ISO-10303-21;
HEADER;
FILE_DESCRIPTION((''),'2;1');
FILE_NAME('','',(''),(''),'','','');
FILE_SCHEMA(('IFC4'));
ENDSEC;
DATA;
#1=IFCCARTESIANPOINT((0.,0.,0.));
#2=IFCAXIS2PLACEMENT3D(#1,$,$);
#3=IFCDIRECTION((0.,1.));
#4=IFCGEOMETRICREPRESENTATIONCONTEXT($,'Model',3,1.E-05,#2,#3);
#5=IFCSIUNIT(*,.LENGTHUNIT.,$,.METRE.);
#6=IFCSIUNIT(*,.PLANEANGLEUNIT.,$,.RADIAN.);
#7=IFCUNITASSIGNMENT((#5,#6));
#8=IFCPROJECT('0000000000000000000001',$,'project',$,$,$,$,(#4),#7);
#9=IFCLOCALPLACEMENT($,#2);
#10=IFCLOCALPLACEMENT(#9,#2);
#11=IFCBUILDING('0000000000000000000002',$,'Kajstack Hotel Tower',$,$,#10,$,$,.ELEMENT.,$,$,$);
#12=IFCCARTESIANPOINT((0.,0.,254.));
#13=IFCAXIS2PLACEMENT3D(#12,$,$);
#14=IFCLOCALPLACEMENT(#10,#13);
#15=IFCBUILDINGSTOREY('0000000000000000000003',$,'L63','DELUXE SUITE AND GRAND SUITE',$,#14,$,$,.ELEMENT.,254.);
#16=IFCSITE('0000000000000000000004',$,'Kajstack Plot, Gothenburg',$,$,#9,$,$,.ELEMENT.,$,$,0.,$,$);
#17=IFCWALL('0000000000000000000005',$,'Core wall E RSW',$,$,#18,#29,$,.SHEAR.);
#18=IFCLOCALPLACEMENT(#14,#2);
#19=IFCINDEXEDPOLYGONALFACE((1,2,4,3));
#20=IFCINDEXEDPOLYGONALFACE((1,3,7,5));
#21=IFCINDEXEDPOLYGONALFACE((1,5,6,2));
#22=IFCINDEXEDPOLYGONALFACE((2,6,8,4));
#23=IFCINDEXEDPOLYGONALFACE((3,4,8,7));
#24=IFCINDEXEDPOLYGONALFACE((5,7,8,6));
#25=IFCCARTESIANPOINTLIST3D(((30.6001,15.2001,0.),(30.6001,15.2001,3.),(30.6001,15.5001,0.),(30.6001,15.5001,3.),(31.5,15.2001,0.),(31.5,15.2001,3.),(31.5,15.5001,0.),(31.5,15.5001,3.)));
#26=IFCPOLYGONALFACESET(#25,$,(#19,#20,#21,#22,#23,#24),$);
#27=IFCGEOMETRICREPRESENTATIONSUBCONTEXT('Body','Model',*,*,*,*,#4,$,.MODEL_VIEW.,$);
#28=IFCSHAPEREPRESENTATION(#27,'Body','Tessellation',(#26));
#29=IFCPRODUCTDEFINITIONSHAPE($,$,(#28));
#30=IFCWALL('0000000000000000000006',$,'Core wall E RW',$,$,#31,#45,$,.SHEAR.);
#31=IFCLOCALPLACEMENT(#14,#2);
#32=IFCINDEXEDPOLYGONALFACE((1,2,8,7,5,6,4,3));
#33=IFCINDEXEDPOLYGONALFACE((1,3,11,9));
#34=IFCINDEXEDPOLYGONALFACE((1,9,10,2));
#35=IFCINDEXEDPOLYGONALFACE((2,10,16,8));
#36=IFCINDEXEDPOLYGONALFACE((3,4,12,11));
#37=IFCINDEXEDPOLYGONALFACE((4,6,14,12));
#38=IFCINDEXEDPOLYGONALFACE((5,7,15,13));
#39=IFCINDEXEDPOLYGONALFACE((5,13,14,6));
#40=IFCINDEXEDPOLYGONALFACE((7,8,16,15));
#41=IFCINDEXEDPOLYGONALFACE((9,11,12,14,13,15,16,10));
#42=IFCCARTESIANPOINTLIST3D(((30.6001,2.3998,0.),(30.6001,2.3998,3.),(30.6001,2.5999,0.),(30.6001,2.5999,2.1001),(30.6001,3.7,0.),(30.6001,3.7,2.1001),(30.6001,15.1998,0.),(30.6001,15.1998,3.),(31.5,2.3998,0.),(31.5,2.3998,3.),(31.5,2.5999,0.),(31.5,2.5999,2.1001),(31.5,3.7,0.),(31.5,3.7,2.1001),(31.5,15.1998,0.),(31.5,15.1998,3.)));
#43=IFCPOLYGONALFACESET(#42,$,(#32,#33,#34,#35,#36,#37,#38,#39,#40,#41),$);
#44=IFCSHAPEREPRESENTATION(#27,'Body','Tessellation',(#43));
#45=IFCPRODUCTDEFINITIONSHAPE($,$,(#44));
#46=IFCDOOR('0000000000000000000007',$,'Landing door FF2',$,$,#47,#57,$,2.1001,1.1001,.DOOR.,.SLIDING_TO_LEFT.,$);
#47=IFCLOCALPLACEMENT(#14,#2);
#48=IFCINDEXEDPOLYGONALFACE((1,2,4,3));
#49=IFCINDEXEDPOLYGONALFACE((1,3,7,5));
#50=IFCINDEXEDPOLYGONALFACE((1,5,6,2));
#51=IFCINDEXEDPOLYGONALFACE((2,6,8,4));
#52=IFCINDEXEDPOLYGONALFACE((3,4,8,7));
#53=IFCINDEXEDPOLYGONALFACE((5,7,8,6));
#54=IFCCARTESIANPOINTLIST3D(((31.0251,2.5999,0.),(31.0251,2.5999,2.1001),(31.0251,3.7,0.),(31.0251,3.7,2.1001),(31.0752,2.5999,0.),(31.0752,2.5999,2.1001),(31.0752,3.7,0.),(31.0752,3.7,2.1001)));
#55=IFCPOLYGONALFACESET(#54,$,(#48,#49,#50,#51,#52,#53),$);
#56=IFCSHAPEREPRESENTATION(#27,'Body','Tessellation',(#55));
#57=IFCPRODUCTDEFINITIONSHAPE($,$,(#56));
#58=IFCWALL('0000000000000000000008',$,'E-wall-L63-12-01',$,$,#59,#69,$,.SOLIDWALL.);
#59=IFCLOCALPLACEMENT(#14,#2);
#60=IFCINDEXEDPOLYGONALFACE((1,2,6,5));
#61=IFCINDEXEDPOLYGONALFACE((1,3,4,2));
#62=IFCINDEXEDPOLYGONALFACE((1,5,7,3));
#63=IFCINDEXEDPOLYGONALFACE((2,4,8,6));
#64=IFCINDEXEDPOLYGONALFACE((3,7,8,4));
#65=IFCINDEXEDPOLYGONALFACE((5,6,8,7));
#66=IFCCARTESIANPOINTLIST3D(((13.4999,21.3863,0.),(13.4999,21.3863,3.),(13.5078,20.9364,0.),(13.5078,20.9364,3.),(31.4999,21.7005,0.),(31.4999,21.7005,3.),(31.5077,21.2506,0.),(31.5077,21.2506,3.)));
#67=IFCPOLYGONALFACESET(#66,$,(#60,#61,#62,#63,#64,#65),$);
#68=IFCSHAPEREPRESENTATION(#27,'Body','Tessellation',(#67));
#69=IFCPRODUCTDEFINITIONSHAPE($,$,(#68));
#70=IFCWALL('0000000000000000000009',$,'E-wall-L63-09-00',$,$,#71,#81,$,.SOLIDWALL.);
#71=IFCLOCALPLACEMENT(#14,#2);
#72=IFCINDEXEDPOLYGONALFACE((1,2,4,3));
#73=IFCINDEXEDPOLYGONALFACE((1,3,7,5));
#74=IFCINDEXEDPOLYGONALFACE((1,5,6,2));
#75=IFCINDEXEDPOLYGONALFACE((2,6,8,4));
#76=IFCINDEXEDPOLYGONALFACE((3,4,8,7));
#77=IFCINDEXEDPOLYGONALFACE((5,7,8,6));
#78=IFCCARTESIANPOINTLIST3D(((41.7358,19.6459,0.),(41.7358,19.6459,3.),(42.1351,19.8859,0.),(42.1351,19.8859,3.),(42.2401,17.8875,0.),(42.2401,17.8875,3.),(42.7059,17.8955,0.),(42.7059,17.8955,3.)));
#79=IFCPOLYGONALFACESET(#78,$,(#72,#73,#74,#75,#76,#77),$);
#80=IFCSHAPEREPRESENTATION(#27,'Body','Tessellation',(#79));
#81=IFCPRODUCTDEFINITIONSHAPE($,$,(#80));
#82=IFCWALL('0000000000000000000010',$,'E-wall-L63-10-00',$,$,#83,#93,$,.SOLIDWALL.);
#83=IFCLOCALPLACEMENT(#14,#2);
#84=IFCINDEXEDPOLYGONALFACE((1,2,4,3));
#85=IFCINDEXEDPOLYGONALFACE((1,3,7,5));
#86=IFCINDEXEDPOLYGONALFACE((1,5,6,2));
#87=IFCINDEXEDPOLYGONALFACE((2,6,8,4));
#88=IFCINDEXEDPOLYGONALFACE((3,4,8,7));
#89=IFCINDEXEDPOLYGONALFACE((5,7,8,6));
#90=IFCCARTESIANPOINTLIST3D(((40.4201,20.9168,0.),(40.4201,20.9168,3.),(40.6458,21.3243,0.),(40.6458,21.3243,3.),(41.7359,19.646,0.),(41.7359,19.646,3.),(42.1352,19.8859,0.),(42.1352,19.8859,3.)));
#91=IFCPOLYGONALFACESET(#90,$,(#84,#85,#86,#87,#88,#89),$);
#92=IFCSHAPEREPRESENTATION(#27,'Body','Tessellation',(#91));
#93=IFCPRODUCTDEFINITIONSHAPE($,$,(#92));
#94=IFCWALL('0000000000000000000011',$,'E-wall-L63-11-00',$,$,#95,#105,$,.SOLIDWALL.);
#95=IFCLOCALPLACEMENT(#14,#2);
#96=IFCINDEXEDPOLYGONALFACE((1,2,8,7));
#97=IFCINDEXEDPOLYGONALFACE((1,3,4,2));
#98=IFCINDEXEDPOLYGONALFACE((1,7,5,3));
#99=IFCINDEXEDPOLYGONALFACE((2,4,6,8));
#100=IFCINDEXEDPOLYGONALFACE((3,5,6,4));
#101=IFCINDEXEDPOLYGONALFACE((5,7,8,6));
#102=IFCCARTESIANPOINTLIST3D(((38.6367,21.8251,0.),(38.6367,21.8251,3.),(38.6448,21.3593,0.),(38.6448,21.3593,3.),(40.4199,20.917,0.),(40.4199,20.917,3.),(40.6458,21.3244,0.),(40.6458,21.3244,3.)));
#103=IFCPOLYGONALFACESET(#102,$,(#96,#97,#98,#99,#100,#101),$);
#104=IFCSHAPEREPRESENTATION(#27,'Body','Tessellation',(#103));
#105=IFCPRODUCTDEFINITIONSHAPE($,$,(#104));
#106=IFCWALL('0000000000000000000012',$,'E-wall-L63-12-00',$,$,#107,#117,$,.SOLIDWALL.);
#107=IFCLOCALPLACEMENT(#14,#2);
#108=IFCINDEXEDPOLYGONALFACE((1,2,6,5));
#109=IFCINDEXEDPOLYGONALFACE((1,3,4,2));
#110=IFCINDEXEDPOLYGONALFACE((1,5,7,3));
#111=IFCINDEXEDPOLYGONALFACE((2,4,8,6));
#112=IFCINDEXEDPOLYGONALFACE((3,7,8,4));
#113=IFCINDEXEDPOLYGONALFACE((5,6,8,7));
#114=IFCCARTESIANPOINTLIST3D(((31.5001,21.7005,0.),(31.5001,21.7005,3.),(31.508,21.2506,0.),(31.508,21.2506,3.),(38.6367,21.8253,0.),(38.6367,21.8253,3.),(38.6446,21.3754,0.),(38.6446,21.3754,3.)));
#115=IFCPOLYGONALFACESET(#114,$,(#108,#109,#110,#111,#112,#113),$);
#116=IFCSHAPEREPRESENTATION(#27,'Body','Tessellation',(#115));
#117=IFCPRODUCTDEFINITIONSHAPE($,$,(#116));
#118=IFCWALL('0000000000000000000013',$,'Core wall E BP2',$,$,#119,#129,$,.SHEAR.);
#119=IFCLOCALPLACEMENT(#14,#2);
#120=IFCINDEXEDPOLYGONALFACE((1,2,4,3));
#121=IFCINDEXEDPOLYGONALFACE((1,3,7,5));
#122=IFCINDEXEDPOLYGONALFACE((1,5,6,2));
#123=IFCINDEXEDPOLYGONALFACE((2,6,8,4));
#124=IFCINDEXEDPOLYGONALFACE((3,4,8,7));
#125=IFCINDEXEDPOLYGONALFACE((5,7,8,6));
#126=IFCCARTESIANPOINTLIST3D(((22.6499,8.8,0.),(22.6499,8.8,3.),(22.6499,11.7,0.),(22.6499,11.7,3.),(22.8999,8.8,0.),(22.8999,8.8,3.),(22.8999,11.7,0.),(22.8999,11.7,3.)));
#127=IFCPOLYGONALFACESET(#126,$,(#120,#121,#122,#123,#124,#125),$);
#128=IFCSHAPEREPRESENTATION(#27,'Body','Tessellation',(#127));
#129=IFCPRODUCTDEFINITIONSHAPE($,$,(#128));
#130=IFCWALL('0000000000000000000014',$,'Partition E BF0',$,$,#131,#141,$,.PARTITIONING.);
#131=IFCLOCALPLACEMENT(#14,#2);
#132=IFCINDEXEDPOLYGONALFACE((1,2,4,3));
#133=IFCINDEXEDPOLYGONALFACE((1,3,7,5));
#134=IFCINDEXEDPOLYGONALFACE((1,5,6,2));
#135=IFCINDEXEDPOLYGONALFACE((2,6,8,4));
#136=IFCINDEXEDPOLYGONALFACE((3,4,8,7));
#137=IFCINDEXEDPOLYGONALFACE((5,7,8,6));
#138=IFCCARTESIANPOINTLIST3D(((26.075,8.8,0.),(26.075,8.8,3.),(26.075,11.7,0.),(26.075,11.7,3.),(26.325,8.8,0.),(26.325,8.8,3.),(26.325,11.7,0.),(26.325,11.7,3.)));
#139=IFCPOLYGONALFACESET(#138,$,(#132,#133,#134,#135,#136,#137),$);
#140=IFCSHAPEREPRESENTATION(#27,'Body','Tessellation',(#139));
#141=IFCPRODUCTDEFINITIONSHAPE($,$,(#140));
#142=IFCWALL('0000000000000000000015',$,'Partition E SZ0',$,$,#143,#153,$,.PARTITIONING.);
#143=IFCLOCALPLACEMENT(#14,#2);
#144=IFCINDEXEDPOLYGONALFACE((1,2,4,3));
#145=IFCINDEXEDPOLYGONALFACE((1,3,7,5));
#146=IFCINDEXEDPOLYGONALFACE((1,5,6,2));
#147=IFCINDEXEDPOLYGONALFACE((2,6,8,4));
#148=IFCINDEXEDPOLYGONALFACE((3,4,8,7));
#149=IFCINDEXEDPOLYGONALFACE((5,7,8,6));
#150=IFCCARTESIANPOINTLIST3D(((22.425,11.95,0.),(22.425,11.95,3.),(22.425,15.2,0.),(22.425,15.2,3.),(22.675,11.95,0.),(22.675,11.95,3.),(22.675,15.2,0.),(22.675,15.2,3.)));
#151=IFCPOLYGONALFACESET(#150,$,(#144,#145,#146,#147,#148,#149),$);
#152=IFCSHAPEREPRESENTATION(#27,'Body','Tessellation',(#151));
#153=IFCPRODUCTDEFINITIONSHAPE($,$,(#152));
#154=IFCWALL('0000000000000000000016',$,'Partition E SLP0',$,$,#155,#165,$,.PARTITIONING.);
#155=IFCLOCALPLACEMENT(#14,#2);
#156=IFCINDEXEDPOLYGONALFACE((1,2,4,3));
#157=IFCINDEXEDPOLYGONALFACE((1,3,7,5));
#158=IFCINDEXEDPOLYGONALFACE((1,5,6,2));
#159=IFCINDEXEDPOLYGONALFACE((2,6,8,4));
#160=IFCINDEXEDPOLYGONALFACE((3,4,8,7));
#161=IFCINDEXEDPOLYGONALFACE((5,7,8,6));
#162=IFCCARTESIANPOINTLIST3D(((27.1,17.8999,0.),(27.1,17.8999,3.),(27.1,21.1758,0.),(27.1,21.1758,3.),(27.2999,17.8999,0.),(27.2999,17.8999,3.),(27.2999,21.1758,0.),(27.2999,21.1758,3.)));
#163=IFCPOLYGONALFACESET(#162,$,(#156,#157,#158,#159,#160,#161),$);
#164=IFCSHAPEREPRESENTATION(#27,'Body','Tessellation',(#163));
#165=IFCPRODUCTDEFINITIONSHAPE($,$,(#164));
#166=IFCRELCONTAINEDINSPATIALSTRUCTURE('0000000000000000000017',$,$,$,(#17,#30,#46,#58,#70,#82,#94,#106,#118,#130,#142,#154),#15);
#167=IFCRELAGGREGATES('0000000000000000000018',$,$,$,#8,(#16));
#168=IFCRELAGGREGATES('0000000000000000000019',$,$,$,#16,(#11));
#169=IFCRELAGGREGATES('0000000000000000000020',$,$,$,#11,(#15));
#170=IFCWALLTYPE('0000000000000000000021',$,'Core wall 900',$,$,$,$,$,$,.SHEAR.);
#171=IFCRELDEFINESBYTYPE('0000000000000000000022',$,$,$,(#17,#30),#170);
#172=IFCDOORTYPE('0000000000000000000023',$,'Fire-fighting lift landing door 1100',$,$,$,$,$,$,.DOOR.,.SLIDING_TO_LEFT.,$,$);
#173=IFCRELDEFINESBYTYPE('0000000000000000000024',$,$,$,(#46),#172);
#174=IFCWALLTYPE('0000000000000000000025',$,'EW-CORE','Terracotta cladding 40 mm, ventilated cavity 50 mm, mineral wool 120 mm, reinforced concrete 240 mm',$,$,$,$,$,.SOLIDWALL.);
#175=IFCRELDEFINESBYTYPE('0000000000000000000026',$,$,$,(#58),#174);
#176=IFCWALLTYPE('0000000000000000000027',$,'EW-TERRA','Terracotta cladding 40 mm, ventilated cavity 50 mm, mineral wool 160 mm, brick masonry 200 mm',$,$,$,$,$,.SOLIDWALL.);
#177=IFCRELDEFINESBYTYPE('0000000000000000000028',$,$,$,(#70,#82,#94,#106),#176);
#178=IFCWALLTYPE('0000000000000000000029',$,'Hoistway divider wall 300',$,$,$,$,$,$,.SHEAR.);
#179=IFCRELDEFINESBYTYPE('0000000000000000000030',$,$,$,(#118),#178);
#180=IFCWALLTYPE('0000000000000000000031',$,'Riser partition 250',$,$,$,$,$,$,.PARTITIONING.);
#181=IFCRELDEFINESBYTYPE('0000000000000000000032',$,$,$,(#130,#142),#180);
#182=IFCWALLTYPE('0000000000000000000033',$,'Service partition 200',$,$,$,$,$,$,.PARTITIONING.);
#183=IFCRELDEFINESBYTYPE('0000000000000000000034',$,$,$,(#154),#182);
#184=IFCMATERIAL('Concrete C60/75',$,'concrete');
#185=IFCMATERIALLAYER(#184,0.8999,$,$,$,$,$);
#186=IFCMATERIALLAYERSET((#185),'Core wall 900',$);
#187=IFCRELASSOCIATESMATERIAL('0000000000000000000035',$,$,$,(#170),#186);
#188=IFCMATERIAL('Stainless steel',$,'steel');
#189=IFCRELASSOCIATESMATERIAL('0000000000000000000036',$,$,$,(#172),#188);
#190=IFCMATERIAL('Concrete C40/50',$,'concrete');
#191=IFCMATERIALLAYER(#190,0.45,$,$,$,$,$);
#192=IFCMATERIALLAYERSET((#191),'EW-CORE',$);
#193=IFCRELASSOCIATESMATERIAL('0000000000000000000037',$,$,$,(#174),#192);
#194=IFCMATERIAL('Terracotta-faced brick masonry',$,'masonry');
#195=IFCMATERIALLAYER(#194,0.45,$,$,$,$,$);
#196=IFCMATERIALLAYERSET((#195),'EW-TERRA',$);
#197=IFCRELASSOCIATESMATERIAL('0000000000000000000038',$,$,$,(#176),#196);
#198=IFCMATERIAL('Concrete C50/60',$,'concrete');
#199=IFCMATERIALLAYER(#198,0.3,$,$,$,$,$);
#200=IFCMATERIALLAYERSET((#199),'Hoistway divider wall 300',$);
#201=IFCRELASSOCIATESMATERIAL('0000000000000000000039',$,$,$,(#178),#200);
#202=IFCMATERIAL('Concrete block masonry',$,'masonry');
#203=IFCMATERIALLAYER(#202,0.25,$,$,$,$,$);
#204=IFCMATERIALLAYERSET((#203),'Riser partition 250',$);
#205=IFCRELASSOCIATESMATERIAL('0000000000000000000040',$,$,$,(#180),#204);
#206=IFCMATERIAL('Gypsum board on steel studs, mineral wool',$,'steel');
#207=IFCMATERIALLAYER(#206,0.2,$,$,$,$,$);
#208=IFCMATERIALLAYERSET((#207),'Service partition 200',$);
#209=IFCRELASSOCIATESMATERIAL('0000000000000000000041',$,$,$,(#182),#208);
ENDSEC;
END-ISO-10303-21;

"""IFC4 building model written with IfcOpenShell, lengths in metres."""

from ifc_helpers import new_model, si_unit, direction, frame, frame_2d, origin, place, context, subcontext, project, spatial, polyline, rectangle, outline, extrude, material, layer, layer_set, type_object, element, fill, save


model = new_model("IFC4")

# Units and contexts
model_context = context("Model", 3, precision=1e-05, world=origin(), true_north=direction((0.0, 1.0)))
body_context = subcontext(model_context, "Body", "Model", "MODEL_VIEW")
ifc_project = project(units=[si_unit("LENGTHUNIT", "METRE"), si_unit("PLANEANGLEUNIT", "RADIAN")], contexts=[model_context])

# Site, building, storey
site_placement = place(None, origin())
site = spatial("IfcSite", under=ifc_project, at=site_placement, Name="Kajstack Plot, Gothenburg", CompositionType="ELEMENT", RefElevation=0.0)
building_placement = place(site_placement, origin())
building = spatial("IfcBuilding", under=site, at=building_placement, Name="Kajstack Hotel Tower", CompositionType="ELEMENT")
storey_placement = place(building_placement, frame((0.0, 0.0, 254.0)))
storey = spatial("IfcBuildingStorey", under=building, at=storey_placement, Name="L63", Description="DELUXE SUITE AND GRAND SUITE", CompositionType="ELEMENT", Elevation=254.0)

# Wall
ifc_material_1 = material(Name="Concrete C60/75", Category="concrete")
ifc_layer_1 = layer(ifc_material_1, 0.8999)
ifc_layer_set_1 = layer_set([ifc_layer_1], Name="Core wall 900")
wall_type_1 = type_object("IfcWallType", Name="Core wall 900", PredefinedType="SHEAR", material=ifc_layer_set_1)
wall_1_placement = place(storey_placement, frame((30.6001, 15.3501, 0.0), z_axis=(0.0, 0.0, 1.0), x_axis=(1.0, 0.0, 0.0)))
element("IfcWall", 1, at=wall_1_placement, inside=storey, type_object=wall_type_1, Name="Core wall E RSW", PredefinedType="SHEAR", context=body_context, shape_type="SweptSolid", body=[
    extrude(rectangle(XDim=0.8999, YDim=0.3, at=frame_2d((0.45, 0.0))), origin(), (0.0, 0.0, 1.0), 3.0),
])

# Wall, opening, door
wall_2_placement = place(storey_placement, frame((31.05, 2.3999, 0.0), z_axis=(0.0, 0.0, 1.0), x_axis=(0.0, 1.0, 0.0)))
wall_2 = element("IfcWall", 2, at=wall_2_placement, inside=storey, type_object=wall_type_1, Name="Core wall E RW", PredefinedType="SHEAR", context=body_context, shape_type="SweptSolid", body=[
    extrude(rectangle(XDim=12.8, YDim=0.8999, at=frame_2d((6.3999, 0.0))), origin(), (0.0, 0.0, 1.0), 3.0),
])
opening_1_placement = place(wall_2_placement, frame((0.2, 0.0, 0.0)))
opening_1 = element("IfcOpeningElement", 3, at=opening_1_placement, cuts=wall_2, PredefinedType="OPENING", context=body_context, shape_type="SweptSolid", body=[
    extrude(rectangle(XDim=1.1001, YDim=2.1001, at=frame_2d((0.55, 1.05))), frame((0.0, 0.46, 0.0), z_axis=(0.0, -1.0, 0.0), x_axis=(1.0, 0.0, 0.0)), (0.0, 0.0, 1.0), 0.9199),
])
ifc_material_2 = material(Name="Stainless steel", Category="steel")
door_type_1 = type_object("IfcDoorType", Name="Fire-fighting lift landing door 1100", OperationType="SLIDING_TO_LEFT", PredefinedType="DOOR", material=ifc_material_2)
door_1_placement = place(opening_1_placement, origin())
door_1 = element("IfcDoor", 4, at=door_1_placement, inside=storey, type_object=door_type_1, Name="Landing door FF2", OperationType="SLIDING_TO_LEFT", OverallHeight=2.1001, OverallWidth=1.1001, PredefinedType="DOOR", context=body_context, shape_type="SweptSolid", body=[
    extrude(rectangle(XDim=1.1001, YDim=2.1001, at=frame_2d((0.55, 1.05))), frame((0.0, 0.0249, 0.0), z_axis=(0.0, -1.0, 0.0), x_axis=(1.0, 0.0, 0.0)), (0.0, 0.0, 1.0), 0.05),
])
fill(opening_1, door_1)

# Walls
ifc_material_3 = material(Name="Concrete C40/50", Category="concrete")
ifc_layer_2 = layer(ifc_material_3, 0.45)
ifc_layer_set_2 = layer_set([ifc_layer_2], Name="EW-CORE")
wall_type_2 = type_object("IfcWallType", Name="EW-CORE", Description="Terracotta cladding 40 mm, ventilated cavity 50 mm, mineral wool 120 mm, reinforced concrete 240 mm", PredefinedType="SOLIDWALL", material=ifc_layer_set_2)
wall_3_placement = place(storey_placement, frame((31.5039, 21.4756, 0.0), z_axis=(0.0, 0.0, 1.0), x_axis=(-0.999848, -0.017453, 0.0)))
element("IfcWall", 5, at=wall_3_placement, inside=storey, type_object=wall_type_2, Name="E-wall-L63-12-01", PredefinedType="SOLIDWALL", context=body_context, shape_type="SweptSolid", body=[
    extrude(rectangle(XDim=18.0027, YDim=0.45, at=frame_2d((9.0015, 0.0))), origin(), (0.0, 0.0, 1.0), 3.0),
])
ifc_material_4 = material(Name="Terracotta-faced brick masonry", Category="masonry")
ifc_layer_3 = layer(ifc_material_4, 0.45)
ifc_layer_set_3 = layer_set([ifc_layer_3], Name="EW-TERRA")
wall_type_3 = type_object("IfcWallType", Name="EW-TERRA", Description="Terracotta cladding 40 mm, ventilated cavity 50 mm, mineral wool 160 mm, brick masonry 200 mm", PredefinedType="SOLIDWALL", material=ifc_layer_set_3)
wall_4_placement = place(storey_placement, frame((42.4895, 17.8335, 0.0), z_axis=(0.0, 0.0, 1.0), x_axis=(-0.275546, 0.961288, 0.0)))
element("IfcWall", 6, at=wall_4_placement, inside=storey, type_object=wall_type_3, Name="E-wall-L63-09-00", PredefinedType="SOLIDWALL", context=body_context, shape_type="SweptSolid", body=[
    extrude(outline(polyline([(0.0, -0.2251), (2.0706, -0.2249), (1.95, 0.2251), (0.1206, 0.2249), (0.0, -0.2251)])), origin(), (0.0, 0.0, 1.0), 3.0),
])
wall_5_placement = place(storey_placement, frame((41.979, 19.7241, 0.0), z_axis=(0.0, 0.0, 1.0), x_axis=(-0.719379, 0.694618, 0.0)))
element("IfcWall", 7, at=wall_5_placement, inside=storey, type_object=wall_type_3, Name="E-wall-L63-10-00", PredefinedType="SOLIDWALL", context=body_context, shape_type="SweptSolid", body=[
    extrude(outline(polyline([(0.0, -0.2249), (2.0706, -0.2251), (1.95, 0.2249), (0.1206, 0.2251), (0.0, -0.2249)])), origin(), (0.0, 0.0, 1.0), 3.0),
])
wall_6_placement = place(storey_placement, frame((40.5913, 21.106, 0.0), z_axis=(0.0, 0.0, 1.0), x_axis=(-0.970288, 0.241953, 0.0)))
element("IfcWall", 8, at=wall_6_placement, inside=storey, type_object=wall_type_3, Name="E-wall-L63-11-00", PredefinedType="SOLIDWALL", context=body_context, shape_type="SweptSolid", body=[
    extrude(outline(polyline([(0.0, -0.2251), (2.0706, -0.2249), (1.95, 0.2251), (0.1206, 0.2249), (0.0, -0.2251)])), origin(), (0.0, 0.0, 1.0), 3.0),
])
wall_7_placement = place(storey_placement, frame((38.6406, 21.6003, 0.0), z_axis=(0.0, 0.0, 1.0), x_axis=(-0.999847, -0.017478, 0.0)))
element("IfcWall", 9, at=wall_7_placement, inside=storey, type_object=wall_type_3, Name="E-wall-L63-12-00", PredefinedType="SOLIDWALL", context=body_context, shape_type="SweptSolid", body=[
    extrude(rectangle(XDim=7.1377, YDim=0.45, at=frame_2d((3.5688, 0.0))), origin(), (0.0, 0.0, 1.0), 3.0),
])
ifc_material_5 = material(Name="Concrete C50/60", Category="concrete")
ifc_layer_4 = layer(ifc_material_5, 0.3)
ifc_layer_set_4 = layer_set([ifc_layer_4], Name="Hoistway divider wall 300")
wall_type_4 = type_object("IfcWallType", Name="Hoistway divider wall 300", PredefinedType="SHEAR", material=ifc_layer_set_4)
wall_8_placement = place(storey_placement, frame((22.7749, 8.8, 0.0), z_axis=(0.0, 0.0, 1.0), x_axis=(0.0, 1.0, 0.0)))
element("IfcWall", 10, at=wall_8_placement, inside=storey, type_object=wall_type_4, Name="Core wall E BP2", PredefinedType="SHEAR", context=body_context, shape_type="SweptSolid", body=[
    extrude(rectangle(XDim=2.8999, YDim=0.25, at=frame_2d((1.45, 0.0))), origin(), (0.0, 0.0, 1.0), 3.0),
])
ifc_material_6 = material(Name="Concrete block masonry", Category="masonry")
ifc_layer_5 = layer(ifc_material_6, 0.25)
ifc_layer_set_5 = layer_set([ifc_layer_5], Name="Riser partition 250")
wall_type_5 = type_object("IfcWallType", Name="Riser partition 250", PredefinedType="PARTITIONING", material=ifc_layer_set_5)
wall_9_placement = place(storey_placement, frame((26.2, 8.8, 0.0), z_axis=(0.0, 0.0, 1.0), x_axis=(0.0, 1.0, 0.0)))
element("IfcWall", 11, at=wall_9_placement, inside=storey, type_object=wall_type_5, Name="Partition E BF0", PredefinedType="PARTITIONING", context=body_context, shape_type="SweptSolid", body=[
    extrude(rectangle(XDim=2.8999, YDim=0.25, at=frame_2d((1.45, 0.0))), origin(), (0.0, 0.0, 1.0), 3.0),
])
wall_10_placement = place(storey_placement, frame((22.55, 11.95, 0.0), z_axis=(0.0, 0.0, 1.0), x_axis=(0.0, 1.0, 0.0)))
element("IfcWall", 12, at=wall_10_placement, inside=storey, type_object=wall_type_5, Name="Partition E SZ0", PredefinedType="PARTITIONING", context=body_context, shape_type="SweptSolid", body=[
    extrude(rectangle(XDim=3.25, YDim=0.25, at=frame_2d((1.625, 0.0))), origin(), (0.0, 0.0, 1.0), 3.0),
])
ifc_material_7 = material(Name="Gypsum board on steel studs, mineral wool", Category="steel")
ifc_layer_6 = layer(ifc_material_7, 0.2)
ifc_layer_set_6 = layer_set([ifc_layer_6], Name="Service partition 200")
wall_type_6 = type_object("IfcWallType", Name="Service partition 200", PredefinedType="PARTITIONING", material=ifc_layer_set_6)
wall_11_placement = place(storey_placement, frame((27.2, 17.8999, 0.0), z_axis=(0.0, 0.0, 1.0), x_axis=(0.0, 1.0, 0.0)))
element("IfcWall", 13, at=wall_11_placement, inside=storey, type_object=wall_type_6, Name="Partition E SLP0", PredefinedType="PARTITIONING", context=body_context, shape_type="SweptSolid", body=[
    extrude(rectangle(XDim=3.2759, YDim=0.2, at=frame_2d((1.6379, 0.0))), origin(), (0.0, 0.0, 1.0), 3.0),
])

save(model, "model.ifc")
